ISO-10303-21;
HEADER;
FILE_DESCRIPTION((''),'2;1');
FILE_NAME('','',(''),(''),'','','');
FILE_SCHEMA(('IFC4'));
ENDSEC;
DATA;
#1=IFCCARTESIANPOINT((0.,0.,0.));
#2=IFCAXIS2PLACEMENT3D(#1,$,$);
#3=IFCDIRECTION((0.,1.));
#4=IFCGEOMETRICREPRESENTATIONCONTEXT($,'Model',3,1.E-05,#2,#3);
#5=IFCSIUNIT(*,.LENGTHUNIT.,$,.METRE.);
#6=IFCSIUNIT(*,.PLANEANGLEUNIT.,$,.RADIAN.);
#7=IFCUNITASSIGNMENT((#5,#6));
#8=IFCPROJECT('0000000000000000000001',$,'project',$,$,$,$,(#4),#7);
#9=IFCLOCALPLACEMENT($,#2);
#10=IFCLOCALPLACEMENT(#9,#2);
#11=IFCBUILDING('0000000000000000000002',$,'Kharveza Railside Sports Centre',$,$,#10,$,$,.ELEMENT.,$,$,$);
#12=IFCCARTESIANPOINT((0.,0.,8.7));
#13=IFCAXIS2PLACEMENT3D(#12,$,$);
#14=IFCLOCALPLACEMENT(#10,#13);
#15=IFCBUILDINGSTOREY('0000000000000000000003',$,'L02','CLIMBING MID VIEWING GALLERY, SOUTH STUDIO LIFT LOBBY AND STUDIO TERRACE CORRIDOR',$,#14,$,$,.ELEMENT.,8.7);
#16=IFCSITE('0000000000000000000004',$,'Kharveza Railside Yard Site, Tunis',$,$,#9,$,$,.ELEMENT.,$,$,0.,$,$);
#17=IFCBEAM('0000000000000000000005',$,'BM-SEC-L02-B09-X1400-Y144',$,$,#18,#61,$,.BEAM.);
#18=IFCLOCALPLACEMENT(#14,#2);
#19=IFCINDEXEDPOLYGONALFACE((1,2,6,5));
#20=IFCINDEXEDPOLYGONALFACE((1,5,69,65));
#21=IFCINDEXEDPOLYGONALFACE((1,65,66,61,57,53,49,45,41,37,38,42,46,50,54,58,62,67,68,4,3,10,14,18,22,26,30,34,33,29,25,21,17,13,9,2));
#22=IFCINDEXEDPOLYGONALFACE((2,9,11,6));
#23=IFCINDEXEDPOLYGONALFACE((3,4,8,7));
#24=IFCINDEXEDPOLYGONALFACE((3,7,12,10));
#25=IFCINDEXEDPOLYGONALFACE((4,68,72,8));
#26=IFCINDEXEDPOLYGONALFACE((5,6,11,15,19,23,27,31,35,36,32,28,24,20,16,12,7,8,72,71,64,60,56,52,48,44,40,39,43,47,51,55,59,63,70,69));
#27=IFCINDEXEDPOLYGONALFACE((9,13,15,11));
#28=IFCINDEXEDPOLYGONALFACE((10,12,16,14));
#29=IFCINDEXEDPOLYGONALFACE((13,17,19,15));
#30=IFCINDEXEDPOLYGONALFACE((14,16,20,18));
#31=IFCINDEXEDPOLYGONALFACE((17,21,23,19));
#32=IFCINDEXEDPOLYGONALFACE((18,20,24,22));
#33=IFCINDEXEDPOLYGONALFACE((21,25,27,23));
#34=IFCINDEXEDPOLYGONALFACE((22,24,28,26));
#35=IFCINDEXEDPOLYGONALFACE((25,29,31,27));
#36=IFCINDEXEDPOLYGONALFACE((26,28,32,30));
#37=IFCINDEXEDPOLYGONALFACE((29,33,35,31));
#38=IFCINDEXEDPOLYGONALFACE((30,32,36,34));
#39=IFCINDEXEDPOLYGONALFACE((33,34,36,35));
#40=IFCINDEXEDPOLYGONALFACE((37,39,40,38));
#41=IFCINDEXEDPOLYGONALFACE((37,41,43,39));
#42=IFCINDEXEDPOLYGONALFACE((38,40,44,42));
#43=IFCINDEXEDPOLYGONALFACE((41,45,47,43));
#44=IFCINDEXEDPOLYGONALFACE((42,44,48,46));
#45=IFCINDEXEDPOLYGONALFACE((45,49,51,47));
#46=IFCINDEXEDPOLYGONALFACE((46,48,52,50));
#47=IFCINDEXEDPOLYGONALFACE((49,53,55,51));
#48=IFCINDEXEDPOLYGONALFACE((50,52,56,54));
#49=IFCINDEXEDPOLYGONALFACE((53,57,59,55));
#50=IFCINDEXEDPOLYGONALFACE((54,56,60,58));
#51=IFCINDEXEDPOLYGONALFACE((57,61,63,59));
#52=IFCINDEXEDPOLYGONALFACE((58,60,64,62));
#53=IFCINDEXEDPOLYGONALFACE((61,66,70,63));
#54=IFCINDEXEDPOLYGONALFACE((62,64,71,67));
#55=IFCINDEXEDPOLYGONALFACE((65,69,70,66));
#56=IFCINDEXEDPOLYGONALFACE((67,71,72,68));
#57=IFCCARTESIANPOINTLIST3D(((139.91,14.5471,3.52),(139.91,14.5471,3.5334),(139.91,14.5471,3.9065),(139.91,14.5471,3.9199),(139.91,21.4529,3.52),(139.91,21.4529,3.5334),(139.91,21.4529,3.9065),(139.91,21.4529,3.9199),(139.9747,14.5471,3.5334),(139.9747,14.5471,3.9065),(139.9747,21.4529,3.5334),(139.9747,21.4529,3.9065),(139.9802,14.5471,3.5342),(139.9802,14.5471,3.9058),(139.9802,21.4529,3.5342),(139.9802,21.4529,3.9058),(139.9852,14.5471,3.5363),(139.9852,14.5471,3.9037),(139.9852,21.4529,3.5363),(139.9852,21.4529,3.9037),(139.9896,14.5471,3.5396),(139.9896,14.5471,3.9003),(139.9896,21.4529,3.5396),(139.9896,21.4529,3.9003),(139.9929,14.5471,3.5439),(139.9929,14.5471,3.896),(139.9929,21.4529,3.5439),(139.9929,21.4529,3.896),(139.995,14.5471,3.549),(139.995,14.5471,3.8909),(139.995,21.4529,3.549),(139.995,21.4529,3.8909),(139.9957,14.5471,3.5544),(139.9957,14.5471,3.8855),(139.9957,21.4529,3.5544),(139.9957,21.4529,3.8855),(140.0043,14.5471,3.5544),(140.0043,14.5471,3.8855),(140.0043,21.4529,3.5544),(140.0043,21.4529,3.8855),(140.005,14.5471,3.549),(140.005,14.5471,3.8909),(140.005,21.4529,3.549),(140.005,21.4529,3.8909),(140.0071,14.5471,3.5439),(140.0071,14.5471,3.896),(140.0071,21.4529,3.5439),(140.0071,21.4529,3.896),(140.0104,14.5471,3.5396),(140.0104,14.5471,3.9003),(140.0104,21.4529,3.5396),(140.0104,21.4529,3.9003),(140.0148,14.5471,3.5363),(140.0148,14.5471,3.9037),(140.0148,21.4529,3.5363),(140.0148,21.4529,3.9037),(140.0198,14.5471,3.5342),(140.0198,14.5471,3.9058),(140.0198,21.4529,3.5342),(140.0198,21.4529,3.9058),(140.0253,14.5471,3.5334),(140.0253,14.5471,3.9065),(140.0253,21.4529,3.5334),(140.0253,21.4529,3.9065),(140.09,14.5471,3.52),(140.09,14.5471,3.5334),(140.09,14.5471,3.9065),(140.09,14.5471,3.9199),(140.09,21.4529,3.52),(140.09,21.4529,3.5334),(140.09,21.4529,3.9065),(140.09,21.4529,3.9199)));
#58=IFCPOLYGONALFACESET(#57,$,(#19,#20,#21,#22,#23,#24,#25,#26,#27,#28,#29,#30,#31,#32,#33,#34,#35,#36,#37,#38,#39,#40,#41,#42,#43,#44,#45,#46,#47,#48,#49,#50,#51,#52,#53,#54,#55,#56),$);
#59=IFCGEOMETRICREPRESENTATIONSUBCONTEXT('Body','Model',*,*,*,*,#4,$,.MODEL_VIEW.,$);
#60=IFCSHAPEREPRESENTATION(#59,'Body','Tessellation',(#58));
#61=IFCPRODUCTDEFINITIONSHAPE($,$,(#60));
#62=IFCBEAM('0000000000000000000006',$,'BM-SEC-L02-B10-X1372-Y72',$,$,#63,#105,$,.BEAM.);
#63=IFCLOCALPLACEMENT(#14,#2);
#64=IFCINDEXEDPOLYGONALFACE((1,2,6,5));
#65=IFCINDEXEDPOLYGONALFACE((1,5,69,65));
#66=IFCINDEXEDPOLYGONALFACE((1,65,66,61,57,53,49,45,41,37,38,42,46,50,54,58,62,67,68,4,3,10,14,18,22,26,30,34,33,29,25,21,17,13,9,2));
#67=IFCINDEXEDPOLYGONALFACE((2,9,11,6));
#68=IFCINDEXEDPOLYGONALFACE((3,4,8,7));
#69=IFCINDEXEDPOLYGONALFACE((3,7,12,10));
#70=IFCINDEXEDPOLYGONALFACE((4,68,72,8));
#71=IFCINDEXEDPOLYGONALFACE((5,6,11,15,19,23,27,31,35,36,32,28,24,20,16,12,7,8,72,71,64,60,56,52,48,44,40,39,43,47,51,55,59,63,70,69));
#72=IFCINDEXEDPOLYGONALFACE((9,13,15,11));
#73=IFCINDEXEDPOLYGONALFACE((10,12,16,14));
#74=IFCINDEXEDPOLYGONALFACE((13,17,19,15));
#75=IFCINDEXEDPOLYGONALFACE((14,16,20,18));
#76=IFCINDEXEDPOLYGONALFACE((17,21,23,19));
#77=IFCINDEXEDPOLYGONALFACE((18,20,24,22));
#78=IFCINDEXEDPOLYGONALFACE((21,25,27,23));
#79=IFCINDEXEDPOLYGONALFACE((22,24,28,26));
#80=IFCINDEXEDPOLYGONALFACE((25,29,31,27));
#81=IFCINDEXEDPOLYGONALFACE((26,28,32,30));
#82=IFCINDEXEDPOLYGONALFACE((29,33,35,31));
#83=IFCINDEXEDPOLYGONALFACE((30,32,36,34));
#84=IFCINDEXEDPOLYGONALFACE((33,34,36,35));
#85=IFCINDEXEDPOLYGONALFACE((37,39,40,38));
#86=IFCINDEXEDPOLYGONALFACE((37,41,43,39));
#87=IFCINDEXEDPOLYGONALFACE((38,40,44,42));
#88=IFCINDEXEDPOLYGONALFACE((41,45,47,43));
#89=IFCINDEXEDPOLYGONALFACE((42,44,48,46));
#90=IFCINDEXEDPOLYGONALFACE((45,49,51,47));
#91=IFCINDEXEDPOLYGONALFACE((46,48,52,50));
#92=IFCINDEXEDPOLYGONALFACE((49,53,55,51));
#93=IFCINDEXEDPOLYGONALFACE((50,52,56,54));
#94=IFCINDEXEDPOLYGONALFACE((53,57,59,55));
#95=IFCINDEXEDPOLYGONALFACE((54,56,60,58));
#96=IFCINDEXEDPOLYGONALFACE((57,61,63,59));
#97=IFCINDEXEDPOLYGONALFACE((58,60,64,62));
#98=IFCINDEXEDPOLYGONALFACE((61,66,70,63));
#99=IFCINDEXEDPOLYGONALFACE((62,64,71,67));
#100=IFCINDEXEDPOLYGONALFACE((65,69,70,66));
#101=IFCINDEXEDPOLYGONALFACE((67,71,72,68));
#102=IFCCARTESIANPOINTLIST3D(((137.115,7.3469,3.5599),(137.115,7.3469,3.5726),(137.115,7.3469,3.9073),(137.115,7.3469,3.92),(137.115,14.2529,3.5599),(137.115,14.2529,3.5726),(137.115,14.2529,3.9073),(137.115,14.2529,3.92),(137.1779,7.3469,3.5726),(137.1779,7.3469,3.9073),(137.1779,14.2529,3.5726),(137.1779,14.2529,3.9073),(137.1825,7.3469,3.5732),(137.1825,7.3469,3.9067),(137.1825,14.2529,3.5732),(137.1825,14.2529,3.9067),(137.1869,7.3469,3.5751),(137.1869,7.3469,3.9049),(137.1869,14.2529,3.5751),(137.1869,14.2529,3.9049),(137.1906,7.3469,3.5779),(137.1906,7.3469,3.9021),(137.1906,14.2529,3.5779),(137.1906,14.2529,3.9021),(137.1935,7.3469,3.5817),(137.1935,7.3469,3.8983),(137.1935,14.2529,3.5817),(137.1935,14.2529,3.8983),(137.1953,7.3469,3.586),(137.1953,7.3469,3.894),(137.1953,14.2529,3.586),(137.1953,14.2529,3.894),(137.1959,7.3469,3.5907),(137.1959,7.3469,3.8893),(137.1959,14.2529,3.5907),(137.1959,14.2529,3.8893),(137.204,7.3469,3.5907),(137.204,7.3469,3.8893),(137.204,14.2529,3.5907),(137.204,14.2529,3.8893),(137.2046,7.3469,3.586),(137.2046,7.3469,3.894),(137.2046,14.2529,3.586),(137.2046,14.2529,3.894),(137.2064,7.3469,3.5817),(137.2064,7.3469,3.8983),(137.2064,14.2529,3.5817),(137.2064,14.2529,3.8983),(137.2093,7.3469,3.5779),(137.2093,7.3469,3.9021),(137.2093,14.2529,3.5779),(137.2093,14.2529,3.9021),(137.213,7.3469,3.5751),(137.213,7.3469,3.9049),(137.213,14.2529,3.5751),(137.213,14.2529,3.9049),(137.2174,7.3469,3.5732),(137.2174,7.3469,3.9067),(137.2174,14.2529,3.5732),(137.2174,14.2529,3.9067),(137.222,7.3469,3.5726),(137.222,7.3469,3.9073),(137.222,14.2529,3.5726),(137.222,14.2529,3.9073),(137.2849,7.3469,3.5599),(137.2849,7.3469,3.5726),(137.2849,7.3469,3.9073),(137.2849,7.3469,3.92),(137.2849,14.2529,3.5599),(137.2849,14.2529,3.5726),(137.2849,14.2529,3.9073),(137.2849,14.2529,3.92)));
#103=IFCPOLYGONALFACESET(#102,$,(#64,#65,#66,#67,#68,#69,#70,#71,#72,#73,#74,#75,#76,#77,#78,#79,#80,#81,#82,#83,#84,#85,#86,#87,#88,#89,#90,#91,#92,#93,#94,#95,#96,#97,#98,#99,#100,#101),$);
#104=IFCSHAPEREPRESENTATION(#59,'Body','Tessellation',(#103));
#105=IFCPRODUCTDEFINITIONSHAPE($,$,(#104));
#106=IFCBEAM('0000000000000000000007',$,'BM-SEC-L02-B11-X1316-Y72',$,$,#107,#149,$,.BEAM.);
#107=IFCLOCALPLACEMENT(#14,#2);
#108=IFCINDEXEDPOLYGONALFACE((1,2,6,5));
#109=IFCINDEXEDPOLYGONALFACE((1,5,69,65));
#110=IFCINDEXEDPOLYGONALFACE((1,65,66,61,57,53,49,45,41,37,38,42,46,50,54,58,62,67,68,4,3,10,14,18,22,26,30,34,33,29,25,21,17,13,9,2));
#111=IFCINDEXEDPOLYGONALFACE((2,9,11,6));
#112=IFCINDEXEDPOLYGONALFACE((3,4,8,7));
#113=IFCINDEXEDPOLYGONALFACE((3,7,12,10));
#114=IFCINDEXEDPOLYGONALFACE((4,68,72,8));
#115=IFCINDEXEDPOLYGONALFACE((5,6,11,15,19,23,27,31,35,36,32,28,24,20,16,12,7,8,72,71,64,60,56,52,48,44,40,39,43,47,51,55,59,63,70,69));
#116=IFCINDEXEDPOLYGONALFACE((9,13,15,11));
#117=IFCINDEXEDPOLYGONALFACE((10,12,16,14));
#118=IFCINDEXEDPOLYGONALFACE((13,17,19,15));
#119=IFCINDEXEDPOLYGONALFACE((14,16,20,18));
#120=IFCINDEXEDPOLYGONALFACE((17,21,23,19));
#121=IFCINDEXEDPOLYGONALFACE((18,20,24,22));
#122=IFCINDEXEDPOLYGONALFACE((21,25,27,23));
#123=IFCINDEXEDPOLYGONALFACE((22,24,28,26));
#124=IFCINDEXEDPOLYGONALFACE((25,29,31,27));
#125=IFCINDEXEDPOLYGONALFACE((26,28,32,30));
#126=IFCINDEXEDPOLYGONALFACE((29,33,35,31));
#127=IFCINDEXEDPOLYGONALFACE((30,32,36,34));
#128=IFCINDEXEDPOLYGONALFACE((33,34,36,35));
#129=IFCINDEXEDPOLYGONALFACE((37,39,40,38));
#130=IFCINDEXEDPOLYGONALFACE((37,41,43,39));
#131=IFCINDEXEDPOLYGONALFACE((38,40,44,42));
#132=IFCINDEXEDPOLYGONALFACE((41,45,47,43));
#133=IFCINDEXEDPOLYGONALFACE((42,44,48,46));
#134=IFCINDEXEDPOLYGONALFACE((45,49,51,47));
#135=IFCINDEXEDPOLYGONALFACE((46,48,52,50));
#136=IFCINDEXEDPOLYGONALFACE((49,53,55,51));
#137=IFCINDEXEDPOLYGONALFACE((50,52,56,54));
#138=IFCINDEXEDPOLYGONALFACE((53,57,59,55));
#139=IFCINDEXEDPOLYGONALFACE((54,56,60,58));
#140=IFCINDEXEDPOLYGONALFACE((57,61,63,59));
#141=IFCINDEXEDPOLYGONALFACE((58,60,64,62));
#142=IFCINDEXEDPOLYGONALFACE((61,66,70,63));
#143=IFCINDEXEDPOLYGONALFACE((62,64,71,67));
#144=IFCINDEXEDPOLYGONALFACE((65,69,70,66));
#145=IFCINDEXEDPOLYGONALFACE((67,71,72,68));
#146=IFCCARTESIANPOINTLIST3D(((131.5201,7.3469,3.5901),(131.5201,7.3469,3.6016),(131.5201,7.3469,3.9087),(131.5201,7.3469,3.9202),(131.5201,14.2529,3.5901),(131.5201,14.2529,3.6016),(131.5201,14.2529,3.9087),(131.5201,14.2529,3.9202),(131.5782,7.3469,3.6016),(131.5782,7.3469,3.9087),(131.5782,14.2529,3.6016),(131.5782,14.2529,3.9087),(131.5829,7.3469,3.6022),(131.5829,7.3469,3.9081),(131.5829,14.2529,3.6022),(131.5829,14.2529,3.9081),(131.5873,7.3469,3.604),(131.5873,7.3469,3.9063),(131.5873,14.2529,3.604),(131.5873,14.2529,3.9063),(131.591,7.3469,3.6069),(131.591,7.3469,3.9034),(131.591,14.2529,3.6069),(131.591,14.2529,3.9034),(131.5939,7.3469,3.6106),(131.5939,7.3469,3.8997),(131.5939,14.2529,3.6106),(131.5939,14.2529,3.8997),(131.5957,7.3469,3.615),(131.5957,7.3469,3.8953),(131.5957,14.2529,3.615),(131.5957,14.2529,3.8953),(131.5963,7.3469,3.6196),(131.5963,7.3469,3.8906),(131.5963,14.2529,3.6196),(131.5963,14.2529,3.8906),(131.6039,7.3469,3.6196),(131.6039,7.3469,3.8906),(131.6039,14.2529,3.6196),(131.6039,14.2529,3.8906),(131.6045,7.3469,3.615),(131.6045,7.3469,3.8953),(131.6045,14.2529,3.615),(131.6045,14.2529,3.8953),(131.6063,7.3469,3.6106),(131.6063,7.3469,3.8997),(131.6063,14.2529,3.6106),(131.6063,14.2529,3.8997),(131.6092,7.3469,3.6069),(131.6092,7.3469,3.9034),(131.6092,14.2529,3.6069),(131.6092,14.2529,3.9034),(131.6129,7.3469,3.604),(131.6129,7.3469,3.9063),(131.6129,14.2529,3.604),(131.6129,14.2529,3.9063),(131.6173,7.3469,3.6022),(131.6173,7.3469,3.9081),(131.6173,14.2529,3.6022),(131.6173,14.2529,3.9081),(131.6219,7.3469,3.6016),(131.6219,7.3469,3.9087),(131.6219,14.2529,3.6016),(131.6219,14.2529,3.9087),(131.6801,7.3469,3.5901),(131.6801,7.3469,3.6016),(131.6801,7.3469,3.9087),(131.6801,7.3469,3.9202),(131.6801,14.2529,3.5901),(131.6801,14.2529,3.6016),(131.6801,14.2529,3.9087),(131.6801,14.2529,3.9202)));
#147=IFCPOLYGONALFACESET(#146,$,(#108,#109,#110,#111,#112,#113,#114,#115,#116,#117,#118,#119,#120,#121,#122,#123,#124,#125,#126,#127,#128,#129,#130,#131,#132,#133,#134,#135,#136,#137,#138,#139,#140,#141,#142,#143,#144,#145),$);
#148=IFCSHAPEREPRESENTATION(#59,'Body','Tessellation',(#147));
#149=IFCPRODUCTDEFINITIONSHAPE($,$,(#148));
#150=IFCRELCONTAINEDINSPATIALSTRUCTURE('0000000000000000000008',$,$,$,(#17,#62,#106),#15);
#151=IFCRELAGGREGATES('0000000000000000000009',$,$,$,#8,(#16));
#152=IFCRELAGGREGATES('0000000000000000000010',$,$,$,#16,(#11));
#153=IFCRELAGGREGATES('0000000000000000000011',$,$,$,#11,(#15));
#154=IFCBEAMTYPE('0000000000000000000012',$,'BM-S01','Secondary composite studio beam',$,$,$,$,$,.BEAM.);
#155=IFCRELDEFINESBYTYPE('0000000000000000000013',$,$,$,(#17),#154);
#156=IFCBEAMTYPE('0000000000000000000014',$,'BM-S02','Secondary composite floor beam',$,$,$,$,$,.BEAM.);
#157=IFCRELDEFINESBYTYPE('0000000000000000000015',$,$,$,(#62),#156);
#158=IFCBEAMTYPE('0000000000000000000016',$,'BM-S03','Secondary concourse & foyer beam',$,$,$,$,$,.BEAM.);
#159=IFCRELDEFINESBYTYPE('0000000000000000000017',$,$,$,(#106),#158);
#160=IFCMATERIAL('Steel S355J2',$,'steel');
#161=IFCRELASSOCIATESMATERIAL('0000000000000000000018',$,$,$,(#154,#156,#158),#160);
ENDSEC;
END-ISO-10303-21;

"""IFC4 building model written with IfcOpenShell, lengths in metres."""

from ifc_helpers import new_model, si_unit, direction, frame, origin, origin_2d, place, context, subcontext, project, spatial, i_section, extrude, material, material_profile, profile_set, type_object, element, save


model = new_model("IFC4")

# Units and contexts
model_context = context("Model", 3, precision=1e-05, world=origin(), true_north=direction((0.0, 1.0)))
body_context = subcontext(model_context, "Body", "Model", "MODEL_VIEW")
ifc_project = project(units=[si_unit("LENGTHUNIT", "METRE"), si_unit("PLANEANGLEUNIT", "RADIAN")], contexts=[model_context])

# Site, building, storey
site_placement = place(None, origin())
site = spatial("IfcSite", under=ifc_project, at=site_placement, Name="Kharveza Railside Yard Site, Tunis", CompositionType="ELEMENT", RefElevation=0.0)
building_placement = place(site_placement, origin())
building = spatial("IfcBuilding", under=site, at=building_placement, Name="Kharveza Railside Sports Centre", CompositionType="ELEMENT")
storey_placement = place(building_placement, frame((0.0, 0.0, 8.7)))
storey = spatial("IfcBuildingStorey", under=building, at=storey_placement, Name="L02", Description="CLIMBING MID VIEWING GALLERY, SOUTH STUDIO LIFT LOBBY AND STUDIO TERRACE CORRIDOR", CompositionType="ELEMENT", Elevation=8.7)

# Shared definitions
ifc_material_1 = material(Name="Steel S355J2", Category="steel")

# Beams
ifc_material_profile_1 = material_profile(ifc_material_1, i_section(OverallWidth=0.1799, OverallDepth=0.3999, WebThickness=0.0085, FlangeThickness=0.0134, FilletRadius=0.021, at=origin_2d()), Name="IPE 400")
ifc_profile_set_1 = profile_set([ifc_material_profile_1], Name="Steel S355J2")
beam_type_1 = type_object("IfcBeamType", Name="BM-S01", Description="Secondary composite studio beam", PredefinedType="BEAM", material=ifc_profile_set_1)
beam_1_placement = place(storey_placement, frame((140.0, 14.5471, 3.72), z_axis=(0.0, 1.0, 0.0), x_axis=(-1.0, 0.0, 0.0)))
element("IfcBeam", 1, at=beam_1_placement, inside=storey, type_object=beam_type_1, Name="BM-SEC-L02-B09-X1400-Y144", PredefinedType="BEAM", context=body_context, shape_type="SweptSolid", body=[
    extrude(i_section(OverallWidth=0.1799, OverallDepth=0.3999, WebThickness=0.0085, FlangeThickness=0.0134, FilletRadius=0.021, at=origin_2d()), origin(), (0.0, 0.0, 1.0), 6.9058),
])
ifc_material_profile_2 = material_profile(ifc_material_1, i_section(OverallWidth=0.1699, OverallDepth=0.3601, WebThickness=0.0081, FlangeThickness=0.0127, FilletRadius=0.0181, at=origin_2d()), Name="IPE 360")
ifc_profile_set_2 = profile_set([ifc_material_profile_2], Name="Steel S355J2")
beam_type_2 = type_object("IfcBeamType", Name="BM-S02", Description="Secondary composite floor beam", PredefinedType="BEAM", material=ifc_profile_set_2)
beam_2_placement = place(storey_placement, frame((137.2, 7.3469, 3.74), z_axis=(0.0, 1.0, 0.0), x_axis=(-1.0, 0.0, 0.0)))
element("IfcBeam", 2, at=beam_2_placement, inside=storey, type_object=beam_type_2, Name="BM-SEC-L02-B10-X1372-Y72", PredefinedType="BEAM", context=body_context, shape_type="SweptSolid", body=[
    extrude(i_section(OverallWidth=0.1699, OverallDepth=0.3601, WebThickness=0.0081, FlangeThickness=0.0127, FilletRadius=0.0181, at=origin_2d()), origin(), (0.0, 0.0, 1.0), 6.906),
])
ifc_material_profile_3 = material_profile(ifc_material_1, i_section(OverallWidth=0.1599, OverallDepth=0.3301, WebThickness=0.0076, FlangeThickness=0.0115, FilletRadius=0.0181, at=origin_2d()), Name="IPE 330")
ifc_profile_set_3 = profile_set([ifc_material_profile_3], Name="Steel S355J2")
beam_type_3 = type_object("IfcBeamType", Name="BM-S03", Description="Secondary concourse & foyer beam", PredefinedType="BEAM", material=ifc_profile_set_3)
beam_3_placement = place(storey_placement, frame((131.6001, 7.3469, 3.7551), z_axis=(0.0, 1.0, 0.0), x_axis=(-1.0, 0.0, 0.0)))
element("IfcBeam", 3, at=beam_3_placement, inside=storey, type_object=beam_type_3, Name="BM-SEC-L02-B11-X1316-Y72", PredefinedType="BEAM", context=body_context, shape_type="SweptSolid", body=[
    extrude(i_section(OverallWidth=0.1599, OverallDepth=0.3301, WebThickness=0.0076, FlangeThickness=0.0115, FilletRadius=0.0181, at=origin_2d()), origin(), (0.0, 0.0, 1.0), 6.906),
])

save(model, "model.ifc")
